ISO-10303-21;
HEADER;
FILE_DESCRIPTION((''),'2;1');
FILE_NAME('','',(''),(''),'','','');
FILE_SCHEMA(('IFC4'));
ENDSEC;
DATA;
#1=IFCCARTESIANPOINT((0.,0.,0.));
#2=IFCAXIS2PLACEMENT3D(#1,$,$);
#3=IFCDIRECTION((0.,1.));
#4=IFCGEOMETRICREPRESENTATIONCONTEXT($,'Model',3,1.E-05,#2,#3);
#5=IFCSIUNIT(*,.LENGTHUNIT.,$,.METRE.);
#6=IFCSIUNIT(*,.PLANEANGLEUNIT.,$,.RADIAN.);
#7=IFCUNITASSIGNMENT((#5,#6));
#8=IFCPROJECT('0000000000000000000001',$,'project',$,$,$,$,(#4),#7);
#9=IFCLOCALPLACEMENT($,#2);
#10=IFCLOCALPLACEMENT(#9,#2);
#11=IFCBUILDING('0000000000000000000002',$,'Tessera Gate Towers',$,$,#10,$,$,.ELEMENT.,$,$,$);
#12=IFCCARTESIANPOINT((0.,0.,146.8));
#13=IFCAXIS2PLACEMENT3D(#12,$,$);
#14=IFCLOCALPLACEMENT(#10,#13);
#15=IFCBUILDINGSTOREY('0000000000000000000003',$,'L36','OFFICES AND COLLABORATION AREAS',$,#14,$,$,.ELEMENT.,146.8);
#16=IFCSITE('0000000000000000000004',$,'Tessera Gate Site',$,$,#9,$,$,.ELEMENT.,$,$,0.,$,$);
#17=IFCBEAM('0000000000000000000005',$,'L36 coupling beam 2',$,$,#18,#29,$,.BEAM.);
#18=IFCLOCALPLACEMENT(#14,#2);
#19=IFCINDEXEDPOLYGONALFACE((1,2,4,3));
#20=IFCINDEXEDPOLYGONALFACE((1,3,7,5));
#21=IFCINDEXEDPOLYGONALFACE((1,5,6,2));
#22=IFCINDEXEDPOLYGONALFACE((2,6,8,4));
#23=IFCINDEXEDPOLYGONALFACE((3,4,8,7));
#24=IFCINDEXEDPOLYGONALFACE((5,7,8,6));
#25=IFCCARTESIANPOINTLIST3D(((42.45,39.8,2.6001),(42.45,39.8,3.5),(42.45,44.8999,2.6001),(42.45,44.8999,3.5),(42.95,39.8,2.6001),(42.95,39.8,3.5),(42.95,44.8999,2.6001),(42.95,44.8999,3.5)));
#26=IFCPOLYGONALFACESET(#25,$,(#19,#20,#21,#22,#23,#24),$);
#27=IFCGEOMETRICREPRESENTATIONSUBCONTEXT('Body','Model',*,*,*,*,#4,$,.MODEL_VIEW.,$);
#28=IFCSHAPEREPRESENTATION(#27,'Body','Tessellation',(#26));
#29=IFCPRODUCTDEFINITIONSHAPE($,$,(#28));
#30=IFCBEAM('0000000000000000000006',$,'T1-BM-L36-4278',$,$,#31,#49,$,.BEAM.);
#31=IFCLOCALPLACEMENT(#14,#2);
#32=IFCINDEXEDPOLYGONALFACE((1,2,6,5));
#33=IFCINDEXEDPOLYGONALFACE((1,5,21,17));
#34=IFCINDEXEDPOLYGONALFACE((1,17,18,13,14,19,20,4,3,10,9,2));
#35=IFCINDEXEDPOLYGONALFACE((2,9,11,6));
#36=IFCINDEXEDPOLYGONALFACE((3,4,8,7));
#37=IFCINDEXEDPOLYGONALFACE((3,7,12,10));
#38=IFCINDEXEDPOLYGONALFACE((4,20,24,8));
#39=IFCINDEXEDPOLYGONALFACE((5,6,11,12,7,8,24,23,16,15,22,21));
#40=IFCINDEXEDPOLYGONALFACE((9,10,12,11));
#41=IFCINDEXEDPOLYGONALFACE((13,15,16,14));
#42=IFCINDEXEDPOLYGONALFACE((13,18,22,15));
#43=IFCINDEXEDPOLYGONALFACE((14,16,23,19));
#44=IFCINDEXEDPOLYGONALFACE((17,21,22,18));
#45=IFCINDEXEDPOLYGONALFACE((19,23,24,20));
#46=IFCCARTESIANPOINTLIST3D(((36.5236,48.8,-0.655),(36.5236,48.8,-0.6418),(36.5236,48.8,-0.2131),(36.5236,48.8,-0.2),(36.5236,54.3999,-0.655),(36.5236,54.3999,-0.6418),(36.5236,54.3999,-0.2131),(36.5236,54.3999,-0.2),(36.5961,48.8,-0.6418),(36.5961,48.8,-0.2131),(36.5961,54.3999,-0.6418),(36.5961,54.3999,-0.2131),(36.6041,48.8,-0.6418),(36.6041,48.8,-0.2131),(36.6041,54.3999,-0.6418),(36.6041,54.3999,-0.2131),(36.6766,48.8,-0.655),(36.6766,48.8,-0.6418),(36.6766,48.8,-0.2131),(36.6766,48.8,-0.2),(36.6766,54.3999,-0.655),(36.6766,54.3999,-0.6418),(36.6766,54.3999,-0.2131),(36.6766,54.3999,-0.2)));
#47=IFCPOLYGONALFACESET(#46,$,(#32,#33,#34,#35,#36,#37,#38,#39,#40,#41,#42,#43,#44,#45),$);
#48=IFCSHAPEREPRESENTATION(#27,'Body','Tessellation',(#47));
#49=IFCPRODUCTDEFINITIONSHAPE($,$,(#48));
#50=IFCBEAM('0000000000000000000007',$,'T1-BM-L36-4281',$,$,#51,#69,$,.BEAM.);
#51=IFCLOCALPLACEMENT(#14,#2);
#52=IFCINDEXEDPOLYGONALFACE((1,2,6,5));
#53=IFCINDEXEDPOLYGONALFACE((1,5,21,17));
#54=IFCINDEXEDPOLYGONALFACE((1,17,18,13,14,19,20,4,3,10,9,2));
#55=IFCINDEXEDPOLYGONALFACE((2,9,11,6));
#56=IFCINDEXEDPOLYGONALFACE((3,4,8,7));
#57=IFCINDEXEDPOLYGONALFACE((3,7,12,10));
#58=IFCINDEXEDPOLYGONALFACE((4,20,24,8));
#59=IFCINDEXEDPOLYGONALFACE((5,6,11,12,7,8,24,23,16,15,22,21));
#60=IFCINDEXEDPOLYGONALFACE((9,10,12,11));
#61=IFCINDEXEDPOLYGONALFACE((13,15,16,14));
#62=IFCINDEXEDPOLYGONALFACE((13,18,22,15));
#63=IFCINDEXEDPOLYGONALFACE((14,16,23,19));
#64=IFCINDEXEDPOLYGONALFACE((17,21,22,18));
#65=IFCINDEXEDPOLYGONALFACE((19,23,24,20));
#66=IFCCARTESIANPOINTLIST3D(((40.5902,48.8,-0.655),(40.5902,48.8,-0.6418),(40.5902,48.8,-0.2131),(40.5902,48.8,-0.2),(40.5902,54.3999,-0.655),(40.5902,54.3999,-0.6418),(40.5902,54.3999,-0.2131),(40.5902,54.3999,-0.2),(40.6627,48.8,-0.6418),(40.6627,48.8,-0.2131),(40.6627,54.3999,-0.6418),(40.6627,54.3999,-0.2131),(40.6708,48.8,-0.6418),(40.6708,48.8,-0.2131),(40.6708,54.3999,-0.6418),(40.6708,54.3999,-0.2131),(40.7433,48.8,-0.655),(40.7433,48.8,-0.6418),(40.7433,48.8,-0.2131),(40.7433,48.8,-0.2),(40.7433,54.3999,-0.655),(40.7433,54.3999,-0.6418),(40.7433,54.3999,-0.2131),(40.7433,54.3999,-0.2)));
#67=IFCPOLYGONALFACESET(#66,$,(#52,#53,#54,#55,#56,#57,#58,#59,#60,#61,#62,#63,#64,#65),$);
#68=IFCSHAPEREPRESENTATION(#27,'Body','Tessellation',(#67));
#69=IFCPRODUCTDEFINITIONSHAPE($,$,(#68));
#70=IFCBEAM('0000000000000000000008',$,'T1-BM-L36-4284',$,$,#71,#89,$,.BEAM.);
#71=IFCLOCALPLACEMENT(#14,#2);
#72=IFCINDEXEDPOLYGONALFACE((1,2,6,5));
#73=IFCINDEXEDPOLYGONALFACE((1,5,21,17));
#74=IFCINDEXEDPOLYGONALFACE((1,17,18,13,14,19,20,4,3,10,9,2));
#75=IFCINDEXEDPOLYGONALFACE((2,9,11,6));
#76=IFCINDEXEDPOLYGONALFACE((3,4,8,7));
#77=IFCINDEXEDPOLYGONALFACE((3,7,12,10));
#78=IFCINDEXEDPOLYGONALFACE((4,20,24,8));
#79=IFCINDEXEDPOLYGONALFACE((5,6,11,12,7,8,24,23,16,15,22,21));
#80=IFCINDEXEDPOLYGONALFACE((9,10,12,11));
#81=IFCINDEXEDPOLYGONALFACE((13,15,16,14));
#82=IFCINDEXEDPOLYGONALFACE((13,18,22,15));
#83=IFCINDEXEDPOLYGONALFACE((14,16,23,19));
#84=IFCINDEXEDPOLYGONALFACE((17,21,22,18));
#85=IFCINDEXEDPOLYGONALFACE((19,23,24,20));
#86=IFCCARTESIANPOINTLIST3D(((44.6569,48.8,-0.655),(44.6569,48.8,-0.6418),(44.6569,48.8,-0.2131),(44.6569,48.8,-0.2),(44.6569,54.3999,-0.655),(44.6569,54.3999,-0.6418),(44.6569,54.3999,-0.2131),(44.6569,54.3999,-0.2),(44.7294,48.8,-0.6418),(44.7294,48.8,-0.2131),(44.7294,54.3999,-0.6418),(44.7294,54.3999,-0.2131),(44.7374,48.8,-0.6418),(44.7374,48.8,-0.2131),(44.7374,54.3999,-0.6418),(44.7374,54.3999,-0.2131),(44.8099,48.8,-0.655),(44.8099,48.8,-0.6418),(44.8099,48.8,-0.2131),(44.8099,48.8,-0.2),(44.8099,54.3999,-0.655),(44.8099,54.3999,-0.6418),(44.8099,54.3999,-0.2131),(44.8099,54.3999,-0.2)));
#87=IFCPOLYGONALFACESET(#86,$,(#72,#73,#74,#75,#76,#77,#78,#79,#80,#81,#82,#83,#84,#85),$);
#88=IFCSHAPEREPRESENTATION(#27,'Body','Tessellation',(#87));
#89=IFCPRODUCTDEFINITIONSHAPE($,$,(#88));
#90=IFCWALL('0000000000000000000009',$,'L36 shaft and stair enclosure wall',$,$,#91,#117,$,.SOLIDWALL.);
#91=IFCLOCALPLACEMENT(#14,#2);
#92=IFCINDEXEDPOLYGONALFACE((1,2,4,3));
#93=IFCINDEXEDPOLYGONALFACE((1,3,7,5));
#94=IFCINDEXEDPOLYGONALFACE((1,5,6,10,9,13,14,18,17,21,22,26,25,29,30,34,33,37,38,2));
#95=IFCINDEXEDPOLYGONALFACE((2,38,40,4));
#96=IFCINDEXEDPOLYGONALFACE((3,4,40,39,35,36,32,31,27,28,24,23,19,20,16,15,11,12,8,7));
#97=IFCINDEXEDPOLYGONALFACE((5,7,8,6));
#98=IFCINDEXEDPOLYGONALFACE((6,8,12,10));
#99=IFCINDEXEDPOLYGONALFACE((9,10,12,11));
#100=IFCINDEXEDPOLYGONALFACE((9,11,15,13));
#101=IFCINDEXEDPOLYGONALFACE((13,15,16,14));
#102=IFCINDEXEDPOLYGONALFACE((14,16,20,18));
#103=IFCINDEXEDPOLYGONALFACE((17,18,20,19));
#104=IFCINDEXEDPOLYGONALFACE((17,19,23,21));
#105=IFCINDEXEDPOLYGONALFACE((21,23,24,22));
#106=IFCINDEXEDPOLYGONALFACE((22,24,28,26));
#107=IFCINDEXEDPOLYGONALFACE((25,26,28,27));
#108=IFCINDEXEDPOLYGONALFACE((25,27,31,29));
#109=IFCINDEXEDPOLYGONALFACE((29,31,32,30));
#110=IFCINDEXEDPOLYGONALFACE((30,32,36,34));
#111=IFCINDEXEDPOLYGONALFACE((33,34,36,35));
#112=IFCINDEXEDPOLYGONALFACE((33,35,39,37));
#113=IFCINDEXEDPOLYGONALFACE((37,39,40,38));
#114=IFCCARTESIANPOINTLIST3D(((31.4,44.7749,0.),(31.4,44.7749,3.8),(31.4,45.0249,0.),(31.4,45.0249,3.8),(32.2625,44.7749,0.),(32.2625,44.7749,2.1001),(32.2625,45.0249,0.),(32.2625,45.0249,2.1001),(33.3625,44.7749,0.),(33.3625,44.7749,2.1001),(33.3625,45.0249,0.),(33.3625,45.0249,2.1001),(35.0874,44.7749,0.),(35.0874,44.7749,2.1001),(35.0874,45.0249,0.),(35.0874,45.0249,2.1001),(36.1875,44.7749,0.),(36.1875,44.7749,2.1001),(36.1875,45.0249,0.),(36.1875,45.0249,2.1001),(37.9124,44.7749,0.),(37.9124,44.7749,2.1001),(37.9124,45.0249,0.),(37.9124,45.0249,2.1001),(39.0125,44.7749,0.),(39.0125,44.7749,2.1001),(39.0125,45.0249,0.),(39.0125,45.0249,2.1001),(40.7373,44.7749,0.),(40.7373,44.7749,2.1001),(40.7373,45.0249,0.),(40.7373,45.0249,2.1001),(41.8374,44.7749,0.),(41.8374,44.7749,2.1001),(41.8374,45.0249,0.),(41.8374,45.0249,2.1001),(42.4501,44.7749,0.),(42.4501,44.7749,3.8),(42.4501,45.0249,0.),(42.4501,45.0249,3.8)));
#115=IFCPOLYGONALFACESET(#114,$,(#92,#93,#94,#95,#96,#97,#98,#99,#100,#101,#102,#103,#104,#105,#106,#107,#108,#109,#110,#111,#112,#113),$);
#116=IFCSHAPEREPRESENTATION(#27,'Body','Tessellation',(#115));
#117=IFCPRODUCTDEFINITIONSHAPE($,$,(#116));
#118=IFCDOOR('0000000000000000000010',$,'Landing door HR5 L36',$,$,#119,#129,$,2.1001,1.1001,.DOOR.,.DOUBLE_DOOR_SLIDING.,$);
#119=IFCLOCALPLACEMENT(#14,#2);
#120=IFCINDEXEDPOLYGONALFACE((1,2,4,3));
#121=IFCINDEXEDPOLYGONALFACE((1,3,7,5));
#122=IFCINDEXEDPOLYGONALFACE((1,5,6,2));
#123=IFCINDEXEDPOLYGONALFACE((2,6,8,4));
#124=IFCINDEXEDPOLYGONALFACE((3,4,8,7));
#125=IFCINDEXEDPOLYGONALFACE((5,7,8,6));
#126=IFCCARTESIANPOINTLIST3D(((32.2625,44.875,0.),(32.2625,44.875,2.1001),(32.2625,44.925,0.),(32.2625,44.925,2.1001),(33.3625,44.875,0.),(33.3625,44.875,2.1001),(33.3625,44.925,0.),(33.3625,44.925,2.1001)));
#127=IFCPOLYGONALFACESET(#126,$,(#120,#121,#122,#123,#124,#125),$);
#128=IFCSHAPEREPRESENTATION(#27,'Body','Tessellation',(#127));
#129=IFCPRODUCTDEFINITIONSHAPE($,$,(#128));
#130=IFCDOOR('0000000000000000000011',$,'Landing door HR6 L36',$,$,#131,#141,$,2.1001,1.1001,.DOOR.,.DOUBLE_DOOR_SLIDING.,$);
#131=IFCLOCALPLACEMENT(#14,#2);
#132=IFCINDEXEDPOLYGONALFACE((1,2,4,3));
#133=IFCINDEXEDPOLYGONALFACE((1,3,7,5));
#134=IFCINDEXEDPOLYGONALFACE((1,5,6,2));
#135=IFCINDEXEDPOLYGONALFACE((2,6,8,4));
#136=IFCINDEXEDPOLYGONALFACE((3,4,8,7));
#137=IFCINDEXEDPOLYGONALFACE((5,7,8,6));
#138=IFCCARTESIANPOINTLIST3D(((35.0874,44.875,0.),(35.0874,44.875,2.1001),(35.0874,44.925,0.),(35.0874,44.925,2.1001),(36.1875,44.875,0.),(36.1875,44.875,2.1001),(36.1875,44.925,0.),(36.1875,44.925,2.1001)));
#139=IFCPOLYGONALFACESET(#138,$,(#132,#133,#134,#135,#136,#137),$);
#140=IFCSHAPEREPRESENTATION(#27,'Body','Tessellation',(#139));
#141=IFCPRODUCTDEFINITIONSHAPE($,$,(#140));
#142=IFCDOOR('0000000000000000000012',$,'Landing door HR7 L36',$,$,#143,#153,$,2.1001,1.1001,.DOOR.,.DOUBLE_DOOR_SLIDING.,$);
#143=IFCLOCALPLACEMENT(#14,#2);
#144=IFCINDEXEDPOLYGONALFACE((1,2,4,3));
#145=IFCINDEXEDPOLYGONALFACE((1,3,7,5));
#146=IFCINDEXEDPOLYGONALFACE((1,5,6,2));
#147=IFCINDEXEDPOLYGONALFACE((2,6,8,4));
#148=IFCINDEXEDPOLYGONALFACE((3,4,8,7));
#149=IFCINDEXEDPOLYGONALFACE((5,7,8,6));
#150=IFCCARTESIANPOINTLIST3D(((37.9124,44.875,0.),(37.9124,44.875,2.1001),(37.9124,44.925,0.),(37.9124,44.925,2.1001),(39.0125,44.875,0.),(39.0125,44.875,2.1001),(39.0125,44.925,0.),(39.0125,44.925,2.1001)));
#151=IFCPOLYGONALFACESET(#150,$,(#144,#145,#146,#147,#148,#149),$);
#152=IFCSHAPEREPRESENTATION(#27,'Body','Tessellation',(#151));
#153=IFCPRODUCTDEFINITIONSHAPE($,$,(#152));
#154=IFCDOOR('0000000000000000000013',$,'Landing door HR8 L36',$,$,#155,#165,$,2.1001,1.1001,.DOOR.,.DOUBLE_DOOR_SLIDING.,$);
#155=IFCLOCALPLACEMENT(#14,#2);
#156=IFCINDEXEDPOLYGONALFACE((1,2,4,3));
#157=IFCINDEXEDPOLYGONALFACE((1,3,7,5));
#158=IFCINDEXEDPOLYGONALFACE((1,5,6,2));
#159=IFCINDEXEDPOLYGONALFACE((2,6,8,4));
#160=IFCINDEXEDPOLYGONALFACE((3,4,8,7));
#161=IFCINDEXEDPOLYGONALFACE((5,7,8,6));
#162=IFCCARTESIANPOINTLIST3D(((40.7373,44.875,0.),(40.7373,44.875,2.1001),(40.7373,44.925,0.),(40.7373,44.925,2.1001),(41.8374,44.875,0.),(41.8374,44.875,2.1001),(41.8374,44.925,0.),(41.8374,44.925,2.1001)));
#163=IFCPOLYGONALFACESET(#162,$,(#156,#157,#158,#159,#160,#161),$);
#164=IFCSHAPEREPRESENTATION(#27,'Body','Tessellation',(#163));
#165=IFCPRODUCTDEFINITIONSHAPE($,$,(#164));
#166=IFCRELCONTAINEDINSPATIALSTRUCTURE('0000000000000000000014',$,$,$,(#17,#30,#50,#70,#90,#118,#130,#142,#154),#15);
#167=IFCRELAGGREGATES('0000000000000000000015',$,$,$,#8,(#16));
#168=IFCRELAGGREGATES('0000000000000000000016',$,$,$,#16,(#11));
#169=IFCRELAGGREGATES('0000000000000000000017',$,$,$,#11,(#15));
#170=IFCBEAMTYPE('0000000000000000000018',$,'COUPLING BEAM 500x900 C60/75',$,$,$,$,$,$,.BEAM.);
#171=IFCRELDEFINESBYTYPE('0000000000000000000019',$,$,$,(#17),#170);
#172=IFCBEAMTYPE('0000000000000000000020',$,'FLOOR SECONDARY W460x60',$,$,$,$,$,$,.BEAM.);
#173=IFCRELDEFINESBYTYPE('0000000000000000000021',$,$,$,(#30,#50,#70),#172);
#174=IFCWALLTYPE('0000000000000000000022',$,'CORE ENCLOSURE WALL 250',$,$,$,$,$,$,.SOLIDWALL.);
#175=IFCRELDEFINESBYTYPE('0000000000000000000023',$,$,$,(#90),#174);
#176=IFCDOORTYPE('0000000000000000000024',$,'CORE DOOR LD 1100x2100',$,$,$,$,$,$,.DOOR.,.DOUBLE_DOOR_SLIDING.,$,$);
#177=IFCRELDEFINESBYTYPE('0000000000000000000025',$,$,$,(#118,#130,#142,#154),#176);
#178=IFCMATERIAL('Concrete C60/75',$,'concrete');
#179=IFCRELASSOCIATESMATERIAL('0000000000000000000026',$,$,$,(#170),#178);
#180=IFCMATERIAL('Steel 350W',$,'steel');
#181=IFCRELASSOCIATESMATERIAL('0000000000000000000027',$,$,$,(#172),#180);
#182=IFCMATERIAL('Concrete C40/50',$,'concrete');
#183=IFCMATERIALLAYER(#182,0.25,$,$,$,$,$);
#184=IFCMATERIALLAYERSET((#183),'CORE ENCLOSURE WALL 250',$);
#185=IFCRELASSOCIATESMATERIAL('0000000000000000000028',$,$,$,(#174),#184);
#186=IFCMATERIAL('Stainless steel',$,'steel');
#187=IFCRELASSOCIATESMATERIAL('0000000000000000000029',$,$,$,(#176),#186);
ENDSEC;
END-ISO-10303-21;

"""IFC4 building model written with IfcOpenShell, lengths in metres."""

from ifc_helpers import new_model, si_unit, direction, frame, frame_2d, origin, origin_2d, place, context, subcontext, project, spatial, rectangle, i_section, extrude, source, transform, mapped, material, layer, layer_set, material_profile, profile_set, type_object, element, fill, save


model = new_model("IFC4")

# Units and contexts
model_context = context("Model", 3, precision=1e-05, world=origin(), true_north=direction((0.0, 1.0)))
body_context = subcontext(model_context, "Body", "Model", "MODEL_VIEW")
ifc_project = project(units=[si_unit("LENGTHUNIT", "METRE"), si_unit("PLANEANGLEUNIT", "RADIAN")], contexts=[model_context])

# Site, building, storey
site_placement = place(None, origin())
site = spatial("IfcSite", under=ifc_project, at=site_placement, Name="Tessera Gate Site", CompositionType="ELEMENT", RefElevation=0.0)
building_placement = place(site_placement, origin())
building = spatial("IfcBuilding", under=site, at=building_placement, Name="Tessera Gate Towers", CompositionType="ELEMENT")
storey_placement = place(building_placement, frame((0.0, 0.0, 146.8)))
storey = spatial("IfcBuildingStorey", under=building, at=storey_placement, Name="L36", Description="OFFICES AND COLLABORATION AREAS", CompositionType="ELEMENT", Elevation=146.8)

# Beams
ifc_material_1 = material(Name="Concrete C60/75", Category="concrete")
ifc_material_profile_1 = material_profile(ifc_material_1, rectangle(XDim=0.5, YDim=0.8999, at=origin_2d()), Name="RC 500x900")
ifc_profile_set_1 = profile_set([ifc_material_profile_1], Name="Concrete C60/75")
beam_type_1 = type_object("IfcBeamType", Name="COUPLING BEAM 500x900 C60/75", PredefinedType="BEAM", material=ifc_profile_set_1)
beam_placement = place(storey_placement, frame((42.7, 39.8, 3.05), z_axis=(0.0, 1.0, 0.0), x_axis=(-1.0, 0.0, 0.0)))
element("IfcBeam", 1, at=beam_placement, inside=storey, type_object=beam_type_1, Name="L36 coupling beam 2", PredefinedType="BEAM", context=body_context, shape_type="SweptSolid", body=[
    extrude(rectangle(XDim=0.5, YDim=0.8999, at=origin_2d()), origin(), (0.0, 0.0, 1.0), 5.0999),
])
ifc_material_2 = material(Name="Steel 350W", Category="steel")
ifc_material_profile_2 = material_profile(ifc_material_2, i_section(OverallWidth=0.1531, OverallDepth=0.4551, WebThickness=0.0081, FlangeThickness=0.0132, at=origin_2d()), Name="W460x60")
ifc_profile_set_2 = profile_set([ifc_material_profile_2], Name="Steel 350W")
beam_type_2 = type_object("IfcBeamType", Name="FLOOR SECONDARY W460x60", PredefinedType="BEAM", material=ifc_profile_set_2)
for number, where, z_axis, x_axis, name in (
    (2, (36.6001, 48.8, -0.4275), (0.0, 1.0, 0.0), (-1.0, 0.0, 0.0), "T1-BM-L36-4278"),
    (3, (40.6667, 48.8, -0.4275), (0.0, 1.0, 0.0), (-1.0, 0.0, 0.0), "T1-BM-L36-4281"),
    (4, (44.7334, 48.8, -0.4275), (0.0, 1.0, 0.0), (-1.0, 0.0, 0.0), "T1-BM-L36-4284"),
):
    element("IfcBeam", number, at=place(storey_placement, frame(where, z_axis=z_axis, x_axis=x_axis)), inside=storey, type_object=beam_type_2, Name=name, PredefinedType="BEAM", context=body_context, shape_type="SweptSolid", body=[
        extrude(i_section(OverallWidth=0.1531, OverallDepth=0.4551, WebThickness=0.0081, FlangeThickness=0.0132, at=origin_2d()), origin(), (0.0, 0.0, 1.0), 5.5999),
    ])

# Wall, openings, doors
ifc_material_3 = material(Name="Concrete C40/50", Category="concrete")
ifc_layer_1 = layer(ifc_material_3, 0.25)
ifc_layer_set_1 = layer_set([ifc_layer_1], Name="CORE ENCLOSURE WALL 250")
wall_type_1 = type_object("IfcWallType", Name="CORE ENCLOSURE WALL 250", PredefinedType="SOLIDWALL", material=ifc_layer_set_1)
wall_1_placement = place(storey_placement, frame((42.45, 44.8999, 0.0), z_axis=(0.0, 0.0, 1.0), x_axis=(-1.0, 0.0, 0.0)))
wall_1 = element("IfcWall", 5, at=wall_1_placement, inside=storey, type_object=wall_type_1, Name="L36 shaft and stair enclosure wall", PredefinedType="SOLIDWALL", context=body_context, shape_type="SweptSolid", body=[
    extrude(rectangle(XDim=11.05, YDim=0.25, at=frame_2d((5.5249, 0.0))), origin(), (0.0, 0.0, 1.0), 3.8),
])
shared_shape_1 = source(origin(), body_context, "Body", "SweptSolid", [
    extrude(rectangle(XDim=1.1001, YDim=2.1001, at=frame_2d((0.55, 1.05))), frame((0.0, 0.135, 0.0), z_axis=(0.0, -1.0, 0.0), x_axis=(1.0, 0.0, 0.0)), (0.0, 0.0, 1.0), 0.27),
])
opening_1_placement = place(wall_1_placement, frame((9.0874, 0.0, 0.0)))
opening_1 = element("IfcOpeningElement", 6, at=opening_1_placement, cuts=wall_1, PredefinedType="OPENING", context=body_context, shape_type="MappedRepresentation", body=[
    mapped(shared_shape_1, transform((0.0, 0.0, 0.0), scale=1.0)),
])
opening_2_placement = place(wall_1_placement, frame((6.2625, 0.0, 0.0)))
opening_2 = element("IfcOpeningElement", 7, at=opening_2_placement, cuts=wall_1, PredefinedType="OPENING", context=body_context, shape_type="MappedRepresentation", body=[
    mapped(shared_shape_1, transform((0.0, 0.0, 0.0), scale=1.0)),
])
opening_3_placement = place(wall_1_placement, frame((3.4375, 0.0, 0.0)))
opening_3 = element("IfcOpeningElement", 8, at=opening_3_placement, cuts=wall_1, PredefinedType="OPENING", context=body_context, shape_type="MappedRepresentation", body=[
    mapped(shared_shape_1, transform((0.0, 0.0, 0.0), scale=1.0)),
])
opening_4_placement = place(wall_1_placement, frame((0.6125, 0.0, 0.0)))
opening_4 = element("IfcOpeningElement", 9, at=opening_4_placement, cuts=wall_1, PredefinedType="OPENING", context=body_context, shape_type="MappedRepresentation", body=[
    mapped(shared_shape_1, transform((0.0, 0.0, 0.0), scale=1.0)),
])
ifc_material_4 = material(Name="Stainless steel", Category="steel")
door_type_1 = type_object("IfcDoorType", Name="CORE DOOR LD 1100x2100", OperationType="DOUBLE_DOOR_SLIDING", PredefinedType="DOOR", material=ifc_material_4)
shared_shape_2 = source(origin(), body_context, "Body", "SweptSolid", [
    extrude(rectangle(XDim=1.1001, YDim=2.1001, at=frame_2d((0.55, 1.05))), frame((0.0, 0.0249, 0.0), z_axis=(0.0, -1.0, 0.0), x_axis=(1.0, 0.0, 0.0)), (0.0, 0.0, 1.0), 0.05),
])
door_1_placement = place(opening_1_placement, origin())
door_1 = element("IfcDoor", 10, at=door_1_placement, inside=storey, type_object=door_type_1, Name="Landing door HR5 L36", OperationType="DOUBLE_DOOR_SLIDING", OverallHeight=2.1001, OverallWidth=1.1001, PredefinedType="DOOR", context=body_context, shape_type="MappedRepresentation", body=[
    mapped(shared_shape_2, transform((0.0, 0.0, 0.0), scale=1.0)),
])
fill(opening_1, door_1)
door_2_placement = place(opening_2_placement, origin())
door_2 = element("IfcDoor", 11, at=door_2_placement, inside=storey, type_object=door_type_1, Name="Landing door HR6 L36", OperationType="DOUBLE_DOOR_SLIDING", OverallHeight=2.1001, OverallWidth=1.1001, PredefinedType="DOOR", context=body_context, shape_type="MappedRepresentation", body=[
    mapped(shared_shape_2, transform((0.0, 0.0, 0.0), scale=1.0)),
])
fill(opening_2, door_2)
door_3_placement = place(opening_3_placement, origin())
door_3 = element("IfcDoor", 12, at=door_3_placement, inside=storey, type_object=door_type_1, Name="Landing door HR7 L36", OperationType="DOUBLE_DOOR_SLIDING", OverallHeight=2.1001, OverallWidth=1.1001, PredefinedType="DOOR", context=body_context, shape_type="MappedRepresentation", body=[
    mapped(shared_shape_2, transform((0.0, 0.0, 0.0), scale=1.0)),
])
fill(opening_3, door_3)
door_4_placement = place(opening_4_placement, origin())
door_4 = element("IfcDoor", 13, at=door_4_placement, inside=storey, type_object=door_type_1, Name="Landing door HR8 L36", OperationType="DOUBLE_DOOR_SLIDING", OverallHeight=2.1001, OverallWidth=1.1001, PredefinedType="DOOR", context=body_context, shape_type="MappedRepresentation", body=[
    mapped(shared_shape_2, transform((0.0, 0.0, 0.0), scale=1.0)),
])
fill(opening_4, door_4)

save(model, "model.ifc")
